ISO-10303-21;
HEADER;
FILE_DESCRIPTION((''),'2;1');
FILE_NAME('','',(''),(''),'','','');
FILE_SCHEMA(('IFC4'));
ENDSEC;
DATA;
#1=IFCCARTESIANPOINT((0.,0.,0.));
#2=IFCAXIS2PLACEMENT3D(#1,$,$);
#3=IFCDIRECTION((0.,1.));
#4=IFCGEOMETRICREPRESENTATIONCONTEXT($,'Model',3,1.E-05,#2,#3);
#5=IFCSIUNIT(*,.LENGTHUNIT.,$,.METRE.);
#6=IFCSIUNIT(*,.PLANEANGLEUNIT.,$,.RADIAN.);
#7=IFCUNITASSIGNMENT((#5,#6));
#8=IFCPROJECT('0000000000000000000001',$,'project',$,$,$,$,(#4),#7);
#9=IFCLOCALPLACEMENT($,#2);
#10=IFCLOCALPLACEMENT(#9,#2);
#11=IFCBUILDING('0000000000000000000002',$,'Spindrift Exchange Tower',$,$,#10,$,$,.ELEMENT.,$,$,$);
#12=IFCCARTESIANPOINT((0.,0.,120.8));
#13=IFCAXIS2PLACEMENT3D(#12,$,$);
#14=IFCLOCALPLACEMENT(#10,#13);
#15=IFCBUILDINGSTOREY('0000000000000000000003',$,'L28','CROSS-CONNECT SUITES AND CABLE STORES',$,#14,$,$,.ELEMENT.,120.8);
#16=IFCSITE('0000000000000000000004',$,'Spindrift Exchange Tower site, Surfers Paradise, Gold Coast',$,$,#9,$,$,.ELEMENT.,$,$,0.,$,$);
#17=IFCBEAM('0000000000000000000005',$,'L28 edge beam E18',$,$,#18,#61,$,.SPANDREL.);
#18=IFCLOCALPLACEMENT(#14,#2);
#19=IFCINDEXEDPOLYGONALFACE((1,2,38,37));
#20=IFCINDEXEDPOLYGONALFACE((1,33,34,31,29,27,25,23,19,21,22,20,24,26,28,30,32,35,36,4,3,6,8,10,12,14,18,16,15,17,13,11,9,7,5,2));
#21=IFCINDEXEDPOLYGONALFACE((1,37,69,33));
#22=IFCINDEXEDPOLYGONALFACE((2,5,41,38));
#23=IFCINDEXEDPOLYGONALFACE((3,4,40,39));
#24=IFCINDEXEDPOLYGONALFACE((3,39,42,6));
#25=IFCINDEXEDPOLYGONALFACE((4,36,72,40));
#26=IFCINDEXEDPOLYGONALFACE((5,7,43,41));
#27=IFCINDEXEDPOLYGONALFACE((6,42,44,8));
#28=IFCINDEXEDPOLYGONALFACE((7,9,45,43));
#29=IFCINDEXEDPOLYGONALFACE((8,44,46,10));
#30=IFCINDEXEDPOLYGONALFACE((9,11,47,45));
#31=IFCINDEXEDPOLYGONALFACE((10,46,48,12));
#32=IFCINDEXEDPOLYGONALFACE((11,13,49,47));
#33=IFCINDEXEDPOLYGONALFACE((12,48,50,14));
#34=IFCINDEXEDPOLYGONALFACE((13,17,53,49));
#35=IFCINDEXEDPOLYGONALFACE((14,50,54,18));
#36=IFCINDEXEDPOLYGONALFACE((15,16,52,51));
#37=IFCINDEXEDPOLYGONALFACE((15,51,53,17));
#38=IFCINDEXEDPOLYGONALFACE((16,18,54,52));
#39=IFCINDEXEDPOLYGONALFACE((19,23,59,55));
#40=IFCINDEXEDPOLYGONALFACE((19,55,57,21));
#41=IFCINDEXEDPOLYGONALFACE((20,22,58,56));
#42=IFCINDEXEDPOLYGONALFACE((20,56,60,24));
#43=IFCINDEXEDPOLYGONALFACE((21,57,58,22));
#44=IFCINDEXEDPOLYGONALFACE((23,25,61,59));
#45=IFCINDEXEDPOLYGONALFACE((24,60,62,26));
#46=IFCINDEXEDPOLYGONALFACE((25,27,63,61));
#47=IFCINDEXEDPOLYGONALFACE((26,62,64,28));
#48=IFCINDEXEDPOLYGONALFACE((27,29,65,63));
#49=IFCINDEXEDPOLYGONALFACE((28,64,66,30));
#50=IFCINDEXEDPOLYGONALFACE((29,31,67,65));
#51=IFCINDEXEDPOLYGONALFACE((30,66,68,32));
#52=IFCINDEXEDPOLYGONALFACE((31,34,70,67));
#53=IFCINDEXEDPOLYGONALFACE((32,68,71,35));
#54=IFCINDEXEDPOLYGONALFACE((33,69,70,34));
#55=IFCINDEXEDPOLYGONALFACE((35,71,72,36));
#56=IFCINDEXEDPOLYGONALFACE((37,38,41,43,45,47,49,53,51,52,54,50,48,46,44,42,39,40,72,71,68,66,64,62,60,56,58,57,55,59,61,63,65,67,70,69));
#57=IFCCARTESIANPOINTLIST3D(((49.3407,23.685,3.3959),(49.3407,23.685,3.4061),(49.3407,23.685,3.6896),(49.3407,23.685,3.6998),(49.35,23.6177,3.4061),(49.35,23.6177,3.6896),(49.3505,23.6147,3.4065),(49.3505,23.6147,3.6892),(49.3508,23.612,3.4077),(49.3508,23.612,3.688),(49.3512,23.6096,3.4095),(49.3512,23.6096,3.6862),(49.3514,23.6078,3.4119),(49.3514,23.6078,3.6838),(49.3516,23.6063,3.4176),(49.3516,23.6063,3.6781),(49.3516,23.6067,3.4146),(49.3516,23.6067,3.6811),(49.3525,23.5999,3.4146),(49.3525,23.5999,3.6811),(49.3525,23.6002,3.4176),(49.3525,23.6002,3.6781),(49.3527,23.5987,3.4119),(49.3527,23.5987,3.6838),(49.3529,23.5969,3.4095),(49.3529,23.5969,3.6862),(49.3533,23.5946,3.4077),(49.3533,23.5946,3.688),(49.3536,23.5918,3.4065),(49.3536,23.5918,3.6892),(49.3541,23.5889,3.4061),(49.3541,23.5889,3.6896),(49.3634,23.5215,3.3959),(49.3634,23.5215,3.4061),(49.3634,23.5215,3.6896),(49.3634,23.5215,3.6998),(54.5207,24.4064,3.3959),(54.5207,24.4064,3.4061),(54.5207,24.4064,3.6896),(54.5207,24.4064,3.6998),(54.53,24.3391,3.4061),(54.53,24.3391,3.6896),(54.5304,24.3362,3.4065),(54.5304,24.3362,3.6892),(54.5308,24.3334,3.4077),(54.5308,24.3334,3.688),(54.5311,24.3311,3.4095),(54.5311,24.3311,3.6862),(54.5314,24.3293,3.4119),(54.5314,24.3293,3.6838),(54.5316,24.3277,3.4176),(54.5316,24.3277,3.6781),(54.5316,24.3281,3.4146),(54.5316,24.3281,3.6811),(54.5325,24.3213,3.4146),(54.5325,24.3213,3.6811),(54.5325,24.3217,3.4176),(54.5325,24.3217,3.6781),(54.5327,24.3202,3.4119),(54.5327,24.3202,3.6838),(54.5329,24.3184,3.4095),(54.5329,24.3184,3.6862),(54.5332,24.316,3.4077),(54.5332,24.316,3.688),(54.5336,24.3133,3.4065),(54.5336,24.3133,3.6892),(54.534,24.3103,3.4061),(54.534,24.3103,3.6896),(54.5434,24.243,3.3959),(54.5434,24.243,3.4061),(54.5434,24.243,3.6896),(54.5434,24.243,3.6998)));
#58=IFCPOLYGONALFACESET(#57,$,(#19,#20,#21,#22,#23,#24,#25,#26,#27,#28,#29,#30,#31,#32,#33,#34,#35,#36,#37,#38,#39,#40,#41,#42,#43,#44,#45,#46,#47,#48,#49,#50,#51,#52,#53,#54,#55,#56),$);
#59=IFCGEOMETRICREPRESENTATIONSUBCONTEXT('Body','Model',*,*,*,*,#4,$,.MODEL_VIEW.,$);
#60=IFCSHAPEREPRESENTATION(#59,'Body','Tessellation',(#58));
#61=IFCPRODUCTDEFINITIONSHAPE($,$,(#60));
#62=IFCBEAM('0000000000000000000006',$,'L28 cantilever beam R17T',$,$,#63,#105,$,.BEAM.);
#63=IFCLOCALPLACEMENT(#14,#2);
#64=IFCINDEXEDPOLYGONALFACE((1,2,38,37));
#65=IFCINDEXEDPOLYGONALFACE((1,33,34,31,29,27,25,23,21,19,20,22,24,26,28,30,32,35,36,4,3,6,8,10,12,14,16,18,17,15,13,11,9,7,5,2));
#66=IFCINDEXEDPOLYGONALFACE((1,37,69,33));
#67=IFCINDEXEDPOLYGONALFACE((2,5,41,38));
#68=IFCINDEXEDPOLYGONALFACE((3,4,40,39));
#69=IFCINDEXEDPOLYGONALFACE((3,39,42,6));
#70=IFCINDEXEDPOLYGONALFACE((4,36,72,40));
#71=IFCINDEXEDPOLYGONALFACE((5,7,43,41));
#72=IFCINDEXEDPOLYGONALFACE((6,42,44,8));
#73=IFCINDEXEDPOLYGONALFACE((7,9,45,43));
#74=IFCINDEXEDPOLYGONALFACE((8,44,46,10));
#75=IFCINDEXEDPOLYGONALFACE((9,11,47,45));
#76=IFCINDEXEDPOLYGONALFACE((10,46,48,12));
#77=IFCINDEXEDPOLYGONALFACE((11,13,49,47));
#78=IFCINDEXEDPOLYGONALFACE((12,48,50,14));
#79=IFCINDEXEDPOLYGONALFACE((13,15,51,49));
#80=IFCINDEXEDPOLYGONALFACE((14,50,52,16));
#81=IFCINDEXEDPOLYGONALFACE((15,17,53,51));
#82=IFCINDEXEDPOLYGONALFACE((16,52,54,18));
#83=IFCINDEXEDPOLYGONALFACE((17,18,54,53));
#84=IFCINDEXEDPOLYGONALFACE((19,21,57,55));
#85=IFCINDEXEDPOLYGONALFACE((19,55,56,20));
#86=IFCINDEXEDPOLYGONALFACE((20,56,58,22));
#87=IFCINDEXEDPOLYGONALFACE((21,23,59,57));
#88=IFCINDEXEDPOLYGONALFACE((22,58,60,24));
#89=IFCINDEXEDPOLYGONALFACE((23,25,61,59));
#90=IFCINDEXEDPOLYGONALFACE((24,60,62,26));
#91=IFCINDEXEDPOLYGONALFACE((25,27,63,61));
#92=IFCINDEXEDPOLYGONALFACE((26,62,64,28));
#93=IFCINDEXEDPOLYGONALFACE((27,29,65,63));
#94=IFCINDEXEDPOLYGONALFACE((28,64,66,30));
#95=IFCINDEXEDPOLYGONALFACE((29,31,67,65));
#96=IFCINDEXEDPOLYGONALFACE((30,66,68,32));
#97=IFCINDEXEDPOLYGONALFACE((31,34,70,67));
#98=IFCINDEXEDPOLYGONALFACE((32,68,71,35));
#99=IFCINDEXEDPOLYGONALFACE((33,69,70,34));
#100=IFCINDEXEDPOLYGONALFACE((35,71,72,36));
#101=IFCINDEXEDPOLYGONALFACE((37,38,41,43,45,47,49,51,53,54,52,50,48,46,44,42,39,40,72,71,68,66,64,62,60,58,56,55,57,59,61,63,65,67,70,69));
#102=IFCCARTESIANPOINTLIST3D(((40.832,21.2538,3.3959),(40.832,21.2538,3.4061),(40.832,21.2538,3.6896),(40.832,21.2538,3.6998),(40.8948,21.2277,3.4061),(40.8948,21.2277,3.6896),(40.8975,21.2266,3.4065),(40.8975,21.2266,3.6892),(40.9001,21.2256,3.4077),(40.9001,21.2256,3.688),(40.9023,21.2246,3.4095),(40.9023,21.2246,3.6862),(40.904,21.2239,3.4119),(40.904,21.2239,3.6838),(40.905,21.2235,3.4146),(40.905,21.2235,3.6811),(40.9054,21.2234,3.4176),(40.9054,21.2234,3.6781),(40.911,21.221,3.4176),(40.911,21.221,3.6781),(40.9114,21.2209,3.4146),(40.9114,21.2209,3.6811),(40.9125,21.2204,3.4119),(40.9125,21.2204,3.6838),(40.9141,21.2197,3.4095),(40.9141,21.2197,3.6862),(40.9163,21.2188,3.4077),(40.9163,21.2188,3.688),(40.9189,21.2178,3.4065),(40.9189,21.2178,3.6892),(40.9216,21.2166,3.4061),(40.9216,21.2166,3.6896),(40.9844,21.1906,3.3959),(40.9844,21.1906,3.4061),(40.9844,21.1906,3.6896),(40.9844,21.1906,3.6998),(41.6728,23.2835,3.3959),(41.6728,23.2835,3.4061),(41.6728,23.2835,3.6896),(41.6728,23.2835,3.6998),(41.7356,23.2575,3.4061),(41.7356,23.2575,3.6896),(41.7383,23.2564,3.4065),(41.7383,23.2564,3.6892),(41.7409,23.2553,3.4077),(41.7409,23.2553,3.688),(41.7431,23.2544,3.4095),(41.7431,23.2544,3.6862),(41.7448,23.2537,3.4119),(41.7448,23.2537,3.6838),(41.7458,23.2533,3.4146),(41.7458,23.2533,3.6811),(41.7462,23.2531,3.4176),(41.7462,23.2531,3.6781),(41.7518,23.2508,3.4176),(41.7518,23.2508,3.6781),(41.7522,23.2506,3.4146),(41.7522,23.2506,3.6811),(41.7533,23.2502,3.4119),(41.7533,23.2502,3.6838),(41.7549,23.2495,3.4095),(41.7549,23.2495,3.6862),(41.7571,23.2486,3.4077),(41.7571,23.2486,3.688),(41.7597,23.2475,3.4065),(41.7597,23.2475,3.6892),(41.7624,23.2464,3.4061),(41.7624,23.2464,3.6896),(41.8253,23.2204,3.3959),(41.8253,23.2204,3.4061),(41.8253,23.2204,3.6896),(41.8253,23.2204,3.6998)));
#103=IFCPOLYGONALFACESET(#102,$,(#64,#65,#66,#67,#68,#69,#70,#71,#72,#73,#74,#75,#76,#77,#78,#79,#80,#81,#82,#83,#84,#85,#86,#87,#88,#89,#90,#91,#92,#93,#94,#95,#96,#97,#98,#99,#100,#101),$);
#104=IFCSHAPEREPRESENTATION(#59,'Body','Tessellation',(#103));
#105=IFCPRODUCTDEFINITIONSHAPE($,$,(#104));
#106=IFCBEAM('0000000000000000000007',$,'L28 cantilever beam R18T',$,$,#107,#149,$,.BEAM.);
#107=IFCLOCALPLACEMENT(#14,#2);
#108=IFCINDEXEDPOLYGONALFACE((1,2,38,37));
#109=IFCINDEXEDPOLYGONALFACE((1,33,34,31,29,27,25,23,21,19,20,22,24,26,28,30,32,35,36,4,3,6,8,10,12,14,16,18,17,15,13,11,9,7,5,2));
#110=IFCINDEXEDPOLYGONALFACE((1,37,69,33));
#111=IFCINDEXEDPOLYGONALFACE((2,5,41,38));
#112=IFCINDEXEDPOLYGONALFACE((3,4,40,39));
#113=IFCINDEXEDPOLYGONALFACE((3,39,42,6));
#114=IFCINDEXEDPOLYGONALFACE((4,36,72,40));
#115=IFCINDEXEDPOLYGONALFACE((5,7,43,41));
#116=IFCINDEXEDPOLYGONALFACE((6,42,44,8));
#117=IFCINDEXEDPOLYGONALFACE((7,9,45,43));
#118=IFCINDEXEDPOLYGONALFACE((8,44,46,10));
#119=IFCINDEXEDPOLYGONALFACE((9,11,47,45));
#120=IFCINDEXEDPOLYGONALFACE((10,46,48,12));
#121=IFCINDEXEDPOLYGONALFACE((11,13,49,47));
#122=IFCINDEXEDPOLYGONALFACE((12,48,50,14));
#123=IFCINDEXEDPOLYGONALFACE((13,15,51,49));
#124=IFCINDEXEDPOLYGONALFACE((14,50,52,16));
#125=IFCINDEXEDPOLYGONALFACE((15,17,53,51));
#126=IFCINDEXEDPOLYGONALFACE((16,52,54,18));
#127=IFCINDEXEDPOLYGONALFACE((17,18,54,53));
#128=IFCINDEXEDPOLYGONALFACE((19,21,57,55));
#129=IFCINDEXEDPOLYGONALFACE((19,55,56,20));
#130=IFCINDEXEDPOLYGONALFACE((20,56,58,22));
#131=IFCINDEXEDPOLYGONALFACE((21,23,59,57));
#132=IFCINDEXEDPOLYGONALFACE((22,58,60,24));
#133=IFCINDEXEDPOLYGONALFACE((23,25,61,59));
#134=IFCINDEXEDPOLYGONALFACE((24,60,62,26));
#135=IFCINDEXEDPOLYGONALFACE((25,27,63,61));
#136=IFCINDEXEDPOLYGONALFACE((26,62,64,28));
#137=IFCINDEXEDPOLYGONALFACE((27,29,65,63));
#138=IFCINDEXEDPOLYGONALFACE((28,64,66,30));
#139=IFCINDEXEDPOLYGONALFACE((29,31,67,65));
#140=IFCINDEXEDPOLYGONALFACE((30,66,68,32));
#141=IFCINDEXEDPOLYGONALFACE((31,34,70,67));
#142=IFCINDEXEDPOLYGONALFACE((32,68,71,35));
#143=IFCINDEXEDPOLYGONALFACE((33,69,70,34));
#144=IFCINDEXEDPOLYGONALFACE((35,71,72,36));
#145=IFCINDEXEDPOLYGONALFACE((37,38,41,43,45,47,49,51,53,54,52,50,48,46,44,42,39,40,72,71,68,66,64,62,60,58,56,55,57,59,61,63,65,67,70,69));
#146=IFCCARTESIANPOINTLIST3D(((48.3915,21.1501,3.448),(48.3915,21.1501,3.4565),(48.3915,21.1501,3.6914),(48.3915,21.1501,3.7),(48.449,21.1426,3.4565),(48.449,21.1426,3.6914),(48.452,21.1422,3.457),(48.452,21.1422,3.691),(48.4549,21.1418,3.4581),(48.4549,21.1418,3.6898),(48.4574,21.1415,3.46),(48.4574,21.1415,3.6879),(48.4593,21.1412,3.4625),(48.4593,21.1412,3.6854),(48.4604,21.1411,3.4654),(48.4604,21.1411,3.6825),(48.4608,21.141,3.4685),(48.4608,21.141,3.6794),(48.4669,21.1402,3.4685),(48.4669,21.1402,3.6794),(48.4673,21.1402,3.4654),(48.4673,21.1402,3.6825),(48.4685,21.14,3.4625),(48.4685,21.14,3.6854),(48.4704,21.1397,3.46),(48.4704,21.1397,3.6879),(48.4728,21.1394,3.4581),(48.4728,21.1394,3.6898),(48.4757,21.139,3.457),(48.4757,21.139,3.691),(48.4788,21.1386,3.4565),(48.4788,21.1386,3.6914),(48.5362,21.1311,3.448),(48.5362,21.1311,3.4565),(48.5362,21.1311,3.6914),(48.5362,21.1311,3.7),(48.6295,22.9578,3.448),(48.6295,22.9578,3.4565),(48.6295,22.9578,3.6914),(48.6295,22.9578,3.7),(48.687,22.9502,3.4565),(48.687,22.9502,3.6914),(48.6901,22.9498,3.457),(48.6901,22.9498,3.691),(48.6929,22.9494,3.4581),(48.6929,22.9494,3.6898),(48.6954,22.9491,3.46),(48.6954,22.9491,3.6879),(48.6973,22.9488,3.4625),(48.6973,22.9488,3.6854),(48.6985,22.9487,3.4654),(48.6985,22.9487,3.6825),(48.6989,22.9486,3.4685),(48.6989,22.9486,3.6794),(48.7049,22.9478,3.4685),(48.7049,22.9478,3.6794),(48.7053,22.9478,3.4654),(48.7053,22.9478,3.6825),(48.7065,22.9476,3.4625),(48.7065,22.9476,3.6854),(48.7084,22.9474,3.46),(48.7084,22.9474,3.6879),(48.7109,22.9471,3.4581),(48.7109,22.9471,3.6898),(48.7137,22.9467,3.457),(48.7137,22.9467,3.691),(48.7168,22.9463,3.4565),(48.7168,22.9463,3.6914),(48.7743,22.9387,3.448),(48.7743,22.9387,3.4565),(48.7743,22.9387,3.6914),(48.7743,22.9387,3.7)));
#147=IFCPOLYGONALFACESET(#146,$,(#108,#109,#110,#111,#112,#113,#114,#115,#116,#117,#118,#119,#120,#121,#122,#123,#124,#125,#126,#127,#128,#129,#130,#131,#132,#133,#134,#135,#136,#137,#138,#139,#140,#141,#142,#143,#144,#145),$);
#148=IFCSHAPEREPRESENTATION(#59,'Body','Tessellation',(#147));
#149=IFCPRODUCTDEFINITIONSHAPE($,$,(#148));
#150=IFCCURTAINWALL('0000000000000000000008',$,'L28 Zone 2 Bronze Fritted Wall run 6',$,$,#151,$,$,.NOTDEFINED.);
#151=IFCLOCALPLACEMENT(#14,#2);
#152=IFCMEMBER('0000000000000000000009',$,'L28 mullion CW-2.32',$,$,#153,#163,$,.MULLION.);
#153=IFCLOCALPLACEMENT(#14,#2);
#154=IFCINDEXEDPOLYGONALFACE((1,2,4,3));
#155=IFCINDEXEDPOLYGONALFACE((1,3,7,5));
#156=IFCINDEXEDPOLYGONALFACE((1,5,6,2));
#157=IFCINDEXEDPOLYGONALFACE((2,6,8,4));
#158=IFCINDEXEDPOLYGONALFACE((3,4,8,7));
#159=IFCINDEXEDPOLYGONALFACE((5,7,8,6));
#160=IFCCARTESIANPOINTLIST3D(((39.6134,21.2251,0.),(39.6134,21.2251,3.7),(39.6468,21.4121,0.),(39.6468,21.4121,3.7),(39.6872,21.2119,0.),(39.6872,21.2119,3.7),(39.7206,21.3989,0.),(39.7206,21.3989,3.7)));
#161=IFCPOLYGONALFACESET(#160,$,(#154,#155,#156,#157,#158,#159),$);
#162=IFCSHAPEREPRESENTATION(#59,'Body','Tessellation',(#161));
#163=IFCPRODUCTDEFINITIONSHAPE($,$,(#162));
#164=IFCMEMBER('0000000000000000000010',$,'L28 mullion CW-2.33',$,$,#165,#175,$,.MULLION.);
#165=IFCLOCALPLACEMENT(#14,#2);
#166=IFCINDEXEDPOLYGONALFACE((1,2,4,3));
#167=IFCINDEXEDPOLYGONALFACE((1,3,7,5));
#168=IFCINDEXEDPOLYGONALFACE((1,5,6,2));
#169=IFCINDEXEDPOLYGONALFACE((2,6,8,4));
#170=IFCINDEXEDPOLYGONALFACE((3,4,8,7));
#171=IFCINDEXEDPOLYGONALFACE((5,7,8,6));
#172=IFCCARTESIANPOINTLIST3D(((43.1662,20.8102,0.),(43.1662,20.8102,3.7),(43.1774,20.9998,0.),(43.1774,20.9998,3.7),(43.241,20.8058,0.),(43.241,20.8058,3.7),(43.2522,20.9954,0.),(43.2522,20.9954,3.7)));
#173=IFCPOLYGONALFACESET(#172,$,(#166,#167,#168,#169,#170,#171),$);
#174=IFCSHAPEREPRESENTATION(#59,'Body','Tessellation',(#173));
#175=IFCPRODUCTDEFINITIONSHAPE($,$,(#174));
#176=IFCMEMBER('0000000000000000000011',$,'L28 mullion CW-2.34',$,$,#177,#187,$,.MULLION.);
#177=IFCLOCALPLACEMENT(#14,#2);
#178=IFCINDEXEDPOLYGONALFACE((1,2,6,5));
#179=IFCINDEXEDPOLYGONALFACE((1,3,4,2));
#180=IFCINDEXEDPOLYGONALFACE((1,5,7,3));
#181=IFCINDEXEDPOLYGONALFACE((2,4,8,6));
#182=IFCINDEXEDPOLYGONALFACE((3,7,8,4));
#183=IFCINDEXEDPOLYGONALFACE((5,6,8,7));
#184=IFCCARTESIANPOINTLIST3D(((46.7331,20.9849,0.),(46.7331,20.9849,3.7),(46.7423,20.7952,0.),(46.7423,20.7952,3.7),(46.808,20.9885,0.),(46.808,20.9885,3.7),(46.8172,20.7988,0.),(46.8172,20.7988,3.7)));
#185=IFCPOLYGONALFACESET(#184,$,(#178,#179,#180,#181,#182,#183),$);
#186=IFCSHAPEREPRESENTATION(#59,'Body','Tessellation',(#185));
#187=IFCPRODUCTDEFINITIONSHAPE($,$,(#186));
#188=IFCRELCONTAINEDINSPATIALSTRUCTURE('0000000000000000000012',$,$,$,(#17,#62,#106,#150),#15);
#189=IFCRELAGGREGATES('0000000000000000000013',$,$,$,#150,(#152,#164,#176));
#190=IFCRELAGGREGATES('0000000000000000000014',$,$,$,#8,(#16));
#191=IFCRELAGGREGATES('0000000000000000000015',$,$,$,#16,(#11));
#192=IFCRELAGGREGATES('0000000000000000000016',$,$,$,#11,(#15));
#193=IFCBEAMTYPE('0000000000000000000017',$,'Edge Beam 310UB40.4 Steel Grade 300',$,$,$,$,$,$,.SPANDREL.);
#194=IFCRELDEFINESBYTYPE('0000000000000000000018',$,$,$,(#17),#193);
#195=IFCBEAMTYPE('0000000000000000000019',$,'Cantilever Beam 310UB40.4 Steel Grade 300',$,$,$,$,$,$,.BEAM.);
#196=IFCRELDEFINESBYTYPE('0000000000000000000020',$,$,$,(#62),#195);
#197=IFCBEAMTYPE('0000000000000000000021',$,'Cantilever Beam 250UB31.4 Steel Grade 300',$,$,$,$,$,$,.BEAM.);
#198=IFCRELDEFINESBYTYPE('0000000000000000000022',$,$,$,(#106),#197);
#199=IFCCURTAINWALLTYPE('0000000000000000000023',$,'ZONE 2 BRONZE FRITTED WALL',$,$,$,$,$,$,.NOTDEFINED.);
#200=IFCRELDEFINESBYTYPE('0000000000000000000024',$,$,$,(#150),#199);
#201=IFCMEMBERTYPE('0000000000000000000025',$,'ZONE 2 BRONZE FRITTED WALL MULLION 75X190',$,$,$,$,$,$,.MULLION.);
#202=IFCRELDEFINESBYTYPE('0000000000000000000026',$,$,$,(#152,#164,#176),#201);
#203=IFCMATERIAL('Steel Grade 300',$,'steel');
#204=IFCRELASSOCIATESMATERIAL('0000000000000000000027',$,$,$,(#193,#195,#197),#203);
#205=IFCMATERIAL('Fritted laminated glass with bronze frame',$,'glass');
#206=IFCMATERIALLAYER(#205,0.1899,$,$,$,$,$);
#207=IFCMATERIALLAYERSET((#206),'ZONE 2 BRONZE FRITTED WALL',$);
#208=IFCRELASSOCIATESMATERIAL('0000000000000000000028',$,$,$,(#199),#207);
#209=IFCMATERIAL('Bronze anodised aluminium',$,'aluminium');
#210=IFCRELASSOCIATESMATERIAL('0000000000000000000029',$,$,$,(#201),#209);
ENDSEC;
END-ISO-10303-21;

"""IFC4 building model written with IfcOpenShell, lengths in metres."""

from ifc_helpers import new_model, si_unit, direction, frame, origin, origin_2d, place, context, subcontext, project, spatial, rectangle, i_section, extrude, source, transform, mapped, material, layer, layer_set, material_profile, profile_set, type_object, element, aggregate, save


model = new_model("IFC4")

# Units and contexts
model_context = context("Model", 3, precision=1e-05, world=origin(), true_north=direction((0.0, 1.0)))
body_context = subcontext(model_context, "Body", "Model", "MODEL_VIEW")
ifc_project = project(units=[si_unit("LENGTHUNIT", "METRE"), si_unit("PLANEANGLEUNIT", "RADIAN")], contexts=[model_context])

# Site, building, storey
site_placement = place(None, origin())
site = spatial("IfcSite", under=ifc_project, at=site_placement, Name="Spindrift Exchange Tower site, Surfers Paradise, Gold Coast", CompositionType="ELEMENT", RefElevation=0.0)
building_placement = place(site_placement, origin())
building = spatial("IfcBuilding", under=site, at=building_placement, Name="Spindrift Exchange Tower", CompositionType="ELEMENT")
storey_placement = place(building_placement, frame((0.0, 0.0, 120.8)))
storey = spatial("IfcBuildingStorey", under=building, at=storey_placement, Name="L28", Description="CROSS-CONNECT SUITES AND CABLE STORES", CompositionType="ELEMENT", Elevation=120.8)

# Beams
ifc_material_1 = material(Name="Steel Grade 300", Category="steel")
ifc_material_profile_1 = material_profile(ifc_material_1, i_section(OverallWidth=0.165, OverallDepth=0.304, WebThickness=0.0061, FlangeThickness=0.0103, FilletRadius=0.0115, at=origin_2d()), Name="310UB40.4")
ifc_profile_set_1 = profile_set([ifc_material_profile_1], Name="Steel Grade 300")
beam_type_1 = type_object("IfcBeamType", Name="Edge Beam 310UB40.4 Steel Grade 300", PredefinedType="SPANDREL", material=ifc_profile_set_1)
shared_shape_1 = source(origin(), body_context, "Body", "SweptSolid", [
    extrude(i_section(OverallWidth=0.165, OverallDepth=0.304, WebThickness=0.0061, FlangeThickness=0.0103, FilletRadius=0.0115, at=origin_2d()), origin(), (0.0, 0.0, 1.0), 5.23),
])
beam_1_placement = place(storey_placement, frame((49.3521, 23.6033, 3.5479), z_axis=(0.99044, 0.137944, 0.0), x_axis=(-0.137944, 0.99044, 0.0)))
element("IfcBeam", 1, at=beam_1_placement, inside=storey, type_object=beam_type_1, Name="L28 edge beam E18", PredefinedType="SPANDREL", context=body_context, shape_type="MappedRepresentation", body=[
    mapped(shared_shape_1, transform((0.0, 0.0, 0.0), scale=1.0)),
])
ifc_material_profile_2 = material_profile(ifc_material_1, i_section(OverallWidth=0.165, OverallDepth=0.304, WebThickness=0.0061, FlangeThickness=0.0103, FilletRadius=0.0115, at=origin_2d()), Name="310UB40.4")
ifc_profile_set_2 = profile_set([ifc_material_profile_2], Name="Steel Grade 300")
beam_type_2 = type_object("IfcBeamType", Name="Cantilever Beam 310UB40.4 Steel Grade 300", PredefinedType="BEAM", material=ifc_profile_set_2)
shared_shape_2 = source(origin(), body_context, "Body", "SweptSolid", [
    extrude(i_section(OverallWidth=0.165, OverallDepth=0.304, WebThickness=0.0061, FlangeThickness=0.0103, FilletRadius=0.0115, at=origin_2d()), origin(), (0.0, 0.0, 1.0), 2.197),
])
beam_2_placement = place(storey_placement, frame((41.749, 23.252, 3.5479), z_axis=(-0.382705, -0.923871, 0.0), x_axis=(0.923871, -0.382705, 0.0)))
element("IfcBeam", 2, at=beam_2_placement, inside=storey, type_object=beam_type_2, Name="L28 cantilever beam R17T", PredefinedType="BEAM", context=body_context, shape_type="MappedRepresentation", body=[
    mapped(shared_shape_2, transform((0.0, 0.0, 0.0), scale=1.0)),
])
ifc_material_profile_3 = material_profile(ifc_material_1, i_section(OverallWidth=0.146, OverallDepth=0.252, WebThickness=0.0061, FlangeThickness=0.0085, FilletRadius=0.012, at=origin_2d()), Name="250UB31.4")
ifc_profile_set_3 = profile_set([ifc_material_profile_3], Name="Steel Grade 300")
beam_type_3 = type_object("IfcBeamType", Name="Cantilever Beam 250UB31.4 Steel Grade 300", PredefinedType="BEAM", material=ifc_profile_set_3)
shared_shape_3 = source(origin(), body_context, "Body", "SweptSolid", [
    extrude(i_section(OverallWidth=0.146, OverallDepth=0.252, WebThickness=0.0061, FlangeThickness=0.0085, FilletRadius=0.012, at=origin_2d()), origin(), (0.0, 0.0, 1.0), 1.8232),
])
beam_3_placement = place(storey_placement, frame((48.7019, 22.9482, 3.574), z_axis=(-0.130558, -0.991441, 0.0), x_axis=(0.991441, -0.130558, 0.0)))
element("IfcBeam", 3, at=beam_3_placement, inside=storey, type_object=beam_type_3, Name="L28 cantilever beam R18T", PredefinedType="BEAM", context=body_context, shape_type="MappedRepresentation", body=[
    mapped(shared_shape_3, transform((0.0, 0.0, 0.0), scale=1.0)),
])

# Curtain wall, members
ifc_material_2 = material(Name="Fritted laminated glass with bronze frame", Category="glass")
ifc_layer_1 = layer(ifc_material_2, 0.1899)
ifc_layer_set_1 = layer_set([ifc_layer_1], Name="ZONE 2 BRONZE FRITTED WALL")
curtain_wall_type = type_object("IfcCurtainWallType", Name="ZONE 2 BRONZE FRITTED WALL", PredefinedType="NOTDEFINED", material=ifc_layer_set_1)
curtain_wall_placement = place(storey_placement, origin())
curtain_wall = element("IfcCurtainWall", 4, at=curtain_wall_placement, inside=storey, type_object=curtain_wall_type, Name="L28 Zone 2 Bronze Fritted Wall run 6", PredefinedType="NOTDEFINED")
ifc_material_3 = material(Name="Bronze anodised aluminium", Category="aluminium")
ifc_material_profile_4 = material_profile(ifc_material_3, rectangle(XDim=0.075, YDim=0.1899, at=origin_2d()), Name="ZONE 2 BRONZE FRITTED WALL MULLION 75X190")
ifc_profile_set_4 = profile_set([ifc_material_profile_4], Name="Bronze anodised aluminium")
member_type_1 = type_object("IfcMemberType", Name="ZONE 2 BRONZE FRITTED WALL MULLION 75X190", PredefinedType="MULLION", material=ifc_profile_set_4)
shared_shape_4 = source(origin(), body_context, "Body", "SweptSolid", [
    extrude(rectangle(XDim=0.075, YDim=0.1899, at=origin_2d()), origin(), (0.0, 0.0, 1.0), 3.7),
])
member_1_placement = place(storey_placement, frame((39.667, 21.312, 0.0), z_axis=(0.0, 0.0, 1.0), x_axis=(0.984485, -0.175471, 0.0)))
member_1 = element("IfcMember", 5, at=member_1_placement, type_object=member_type_1, Name="L28 mullion CW-2.32", PredefinedType="MULLION", context=body_context, shape_type="MappedRepresentation", body=[
    mapped(shared_shape_4, transform((0.0, 0.0, 0.0), scale=1.0)),
])
member_2_placement = place(storey_placement, frame((43.2092, 20.9028, 0.0), z_axis=(0.0, 0.0, 1.0), x_axis=(0.998258, -0.059001, 0.0)))
member_2 = element("IfcMember", 6, at=member_2_placement, type_object=member_type_1, Name="L28 mullion CW-2.33", PredefinedType="MULLION", context=body_context, shape_type="MappedRepresentation", body=[
    mapped(shared_shape_4, transform((0.0, 0.0, 0.0), scale=1.0)),
])
member_3_placement = place(storey_placement, frame((46.7751, 20.8918, 0.0), z_axis=(0.0, 0.0, 1.0), x_axis=(0.998824, 0.048475, 0.0)))
member_3 = element("IfcMember", 7, at=member_3_placement, type_object=member_type_1, Name="L28 mullion CW-2.34", PredefinedType="MULLION", context=body_context, shape_type="MappedRepresentation", body=[
    mapped(shared_shape_4, transform((0.0, 0.0, 0.0), scale=1.0)),
])
aggregate(curtain_wall, [member_1, member_2, member_3])

save(model, "model.ifc")
